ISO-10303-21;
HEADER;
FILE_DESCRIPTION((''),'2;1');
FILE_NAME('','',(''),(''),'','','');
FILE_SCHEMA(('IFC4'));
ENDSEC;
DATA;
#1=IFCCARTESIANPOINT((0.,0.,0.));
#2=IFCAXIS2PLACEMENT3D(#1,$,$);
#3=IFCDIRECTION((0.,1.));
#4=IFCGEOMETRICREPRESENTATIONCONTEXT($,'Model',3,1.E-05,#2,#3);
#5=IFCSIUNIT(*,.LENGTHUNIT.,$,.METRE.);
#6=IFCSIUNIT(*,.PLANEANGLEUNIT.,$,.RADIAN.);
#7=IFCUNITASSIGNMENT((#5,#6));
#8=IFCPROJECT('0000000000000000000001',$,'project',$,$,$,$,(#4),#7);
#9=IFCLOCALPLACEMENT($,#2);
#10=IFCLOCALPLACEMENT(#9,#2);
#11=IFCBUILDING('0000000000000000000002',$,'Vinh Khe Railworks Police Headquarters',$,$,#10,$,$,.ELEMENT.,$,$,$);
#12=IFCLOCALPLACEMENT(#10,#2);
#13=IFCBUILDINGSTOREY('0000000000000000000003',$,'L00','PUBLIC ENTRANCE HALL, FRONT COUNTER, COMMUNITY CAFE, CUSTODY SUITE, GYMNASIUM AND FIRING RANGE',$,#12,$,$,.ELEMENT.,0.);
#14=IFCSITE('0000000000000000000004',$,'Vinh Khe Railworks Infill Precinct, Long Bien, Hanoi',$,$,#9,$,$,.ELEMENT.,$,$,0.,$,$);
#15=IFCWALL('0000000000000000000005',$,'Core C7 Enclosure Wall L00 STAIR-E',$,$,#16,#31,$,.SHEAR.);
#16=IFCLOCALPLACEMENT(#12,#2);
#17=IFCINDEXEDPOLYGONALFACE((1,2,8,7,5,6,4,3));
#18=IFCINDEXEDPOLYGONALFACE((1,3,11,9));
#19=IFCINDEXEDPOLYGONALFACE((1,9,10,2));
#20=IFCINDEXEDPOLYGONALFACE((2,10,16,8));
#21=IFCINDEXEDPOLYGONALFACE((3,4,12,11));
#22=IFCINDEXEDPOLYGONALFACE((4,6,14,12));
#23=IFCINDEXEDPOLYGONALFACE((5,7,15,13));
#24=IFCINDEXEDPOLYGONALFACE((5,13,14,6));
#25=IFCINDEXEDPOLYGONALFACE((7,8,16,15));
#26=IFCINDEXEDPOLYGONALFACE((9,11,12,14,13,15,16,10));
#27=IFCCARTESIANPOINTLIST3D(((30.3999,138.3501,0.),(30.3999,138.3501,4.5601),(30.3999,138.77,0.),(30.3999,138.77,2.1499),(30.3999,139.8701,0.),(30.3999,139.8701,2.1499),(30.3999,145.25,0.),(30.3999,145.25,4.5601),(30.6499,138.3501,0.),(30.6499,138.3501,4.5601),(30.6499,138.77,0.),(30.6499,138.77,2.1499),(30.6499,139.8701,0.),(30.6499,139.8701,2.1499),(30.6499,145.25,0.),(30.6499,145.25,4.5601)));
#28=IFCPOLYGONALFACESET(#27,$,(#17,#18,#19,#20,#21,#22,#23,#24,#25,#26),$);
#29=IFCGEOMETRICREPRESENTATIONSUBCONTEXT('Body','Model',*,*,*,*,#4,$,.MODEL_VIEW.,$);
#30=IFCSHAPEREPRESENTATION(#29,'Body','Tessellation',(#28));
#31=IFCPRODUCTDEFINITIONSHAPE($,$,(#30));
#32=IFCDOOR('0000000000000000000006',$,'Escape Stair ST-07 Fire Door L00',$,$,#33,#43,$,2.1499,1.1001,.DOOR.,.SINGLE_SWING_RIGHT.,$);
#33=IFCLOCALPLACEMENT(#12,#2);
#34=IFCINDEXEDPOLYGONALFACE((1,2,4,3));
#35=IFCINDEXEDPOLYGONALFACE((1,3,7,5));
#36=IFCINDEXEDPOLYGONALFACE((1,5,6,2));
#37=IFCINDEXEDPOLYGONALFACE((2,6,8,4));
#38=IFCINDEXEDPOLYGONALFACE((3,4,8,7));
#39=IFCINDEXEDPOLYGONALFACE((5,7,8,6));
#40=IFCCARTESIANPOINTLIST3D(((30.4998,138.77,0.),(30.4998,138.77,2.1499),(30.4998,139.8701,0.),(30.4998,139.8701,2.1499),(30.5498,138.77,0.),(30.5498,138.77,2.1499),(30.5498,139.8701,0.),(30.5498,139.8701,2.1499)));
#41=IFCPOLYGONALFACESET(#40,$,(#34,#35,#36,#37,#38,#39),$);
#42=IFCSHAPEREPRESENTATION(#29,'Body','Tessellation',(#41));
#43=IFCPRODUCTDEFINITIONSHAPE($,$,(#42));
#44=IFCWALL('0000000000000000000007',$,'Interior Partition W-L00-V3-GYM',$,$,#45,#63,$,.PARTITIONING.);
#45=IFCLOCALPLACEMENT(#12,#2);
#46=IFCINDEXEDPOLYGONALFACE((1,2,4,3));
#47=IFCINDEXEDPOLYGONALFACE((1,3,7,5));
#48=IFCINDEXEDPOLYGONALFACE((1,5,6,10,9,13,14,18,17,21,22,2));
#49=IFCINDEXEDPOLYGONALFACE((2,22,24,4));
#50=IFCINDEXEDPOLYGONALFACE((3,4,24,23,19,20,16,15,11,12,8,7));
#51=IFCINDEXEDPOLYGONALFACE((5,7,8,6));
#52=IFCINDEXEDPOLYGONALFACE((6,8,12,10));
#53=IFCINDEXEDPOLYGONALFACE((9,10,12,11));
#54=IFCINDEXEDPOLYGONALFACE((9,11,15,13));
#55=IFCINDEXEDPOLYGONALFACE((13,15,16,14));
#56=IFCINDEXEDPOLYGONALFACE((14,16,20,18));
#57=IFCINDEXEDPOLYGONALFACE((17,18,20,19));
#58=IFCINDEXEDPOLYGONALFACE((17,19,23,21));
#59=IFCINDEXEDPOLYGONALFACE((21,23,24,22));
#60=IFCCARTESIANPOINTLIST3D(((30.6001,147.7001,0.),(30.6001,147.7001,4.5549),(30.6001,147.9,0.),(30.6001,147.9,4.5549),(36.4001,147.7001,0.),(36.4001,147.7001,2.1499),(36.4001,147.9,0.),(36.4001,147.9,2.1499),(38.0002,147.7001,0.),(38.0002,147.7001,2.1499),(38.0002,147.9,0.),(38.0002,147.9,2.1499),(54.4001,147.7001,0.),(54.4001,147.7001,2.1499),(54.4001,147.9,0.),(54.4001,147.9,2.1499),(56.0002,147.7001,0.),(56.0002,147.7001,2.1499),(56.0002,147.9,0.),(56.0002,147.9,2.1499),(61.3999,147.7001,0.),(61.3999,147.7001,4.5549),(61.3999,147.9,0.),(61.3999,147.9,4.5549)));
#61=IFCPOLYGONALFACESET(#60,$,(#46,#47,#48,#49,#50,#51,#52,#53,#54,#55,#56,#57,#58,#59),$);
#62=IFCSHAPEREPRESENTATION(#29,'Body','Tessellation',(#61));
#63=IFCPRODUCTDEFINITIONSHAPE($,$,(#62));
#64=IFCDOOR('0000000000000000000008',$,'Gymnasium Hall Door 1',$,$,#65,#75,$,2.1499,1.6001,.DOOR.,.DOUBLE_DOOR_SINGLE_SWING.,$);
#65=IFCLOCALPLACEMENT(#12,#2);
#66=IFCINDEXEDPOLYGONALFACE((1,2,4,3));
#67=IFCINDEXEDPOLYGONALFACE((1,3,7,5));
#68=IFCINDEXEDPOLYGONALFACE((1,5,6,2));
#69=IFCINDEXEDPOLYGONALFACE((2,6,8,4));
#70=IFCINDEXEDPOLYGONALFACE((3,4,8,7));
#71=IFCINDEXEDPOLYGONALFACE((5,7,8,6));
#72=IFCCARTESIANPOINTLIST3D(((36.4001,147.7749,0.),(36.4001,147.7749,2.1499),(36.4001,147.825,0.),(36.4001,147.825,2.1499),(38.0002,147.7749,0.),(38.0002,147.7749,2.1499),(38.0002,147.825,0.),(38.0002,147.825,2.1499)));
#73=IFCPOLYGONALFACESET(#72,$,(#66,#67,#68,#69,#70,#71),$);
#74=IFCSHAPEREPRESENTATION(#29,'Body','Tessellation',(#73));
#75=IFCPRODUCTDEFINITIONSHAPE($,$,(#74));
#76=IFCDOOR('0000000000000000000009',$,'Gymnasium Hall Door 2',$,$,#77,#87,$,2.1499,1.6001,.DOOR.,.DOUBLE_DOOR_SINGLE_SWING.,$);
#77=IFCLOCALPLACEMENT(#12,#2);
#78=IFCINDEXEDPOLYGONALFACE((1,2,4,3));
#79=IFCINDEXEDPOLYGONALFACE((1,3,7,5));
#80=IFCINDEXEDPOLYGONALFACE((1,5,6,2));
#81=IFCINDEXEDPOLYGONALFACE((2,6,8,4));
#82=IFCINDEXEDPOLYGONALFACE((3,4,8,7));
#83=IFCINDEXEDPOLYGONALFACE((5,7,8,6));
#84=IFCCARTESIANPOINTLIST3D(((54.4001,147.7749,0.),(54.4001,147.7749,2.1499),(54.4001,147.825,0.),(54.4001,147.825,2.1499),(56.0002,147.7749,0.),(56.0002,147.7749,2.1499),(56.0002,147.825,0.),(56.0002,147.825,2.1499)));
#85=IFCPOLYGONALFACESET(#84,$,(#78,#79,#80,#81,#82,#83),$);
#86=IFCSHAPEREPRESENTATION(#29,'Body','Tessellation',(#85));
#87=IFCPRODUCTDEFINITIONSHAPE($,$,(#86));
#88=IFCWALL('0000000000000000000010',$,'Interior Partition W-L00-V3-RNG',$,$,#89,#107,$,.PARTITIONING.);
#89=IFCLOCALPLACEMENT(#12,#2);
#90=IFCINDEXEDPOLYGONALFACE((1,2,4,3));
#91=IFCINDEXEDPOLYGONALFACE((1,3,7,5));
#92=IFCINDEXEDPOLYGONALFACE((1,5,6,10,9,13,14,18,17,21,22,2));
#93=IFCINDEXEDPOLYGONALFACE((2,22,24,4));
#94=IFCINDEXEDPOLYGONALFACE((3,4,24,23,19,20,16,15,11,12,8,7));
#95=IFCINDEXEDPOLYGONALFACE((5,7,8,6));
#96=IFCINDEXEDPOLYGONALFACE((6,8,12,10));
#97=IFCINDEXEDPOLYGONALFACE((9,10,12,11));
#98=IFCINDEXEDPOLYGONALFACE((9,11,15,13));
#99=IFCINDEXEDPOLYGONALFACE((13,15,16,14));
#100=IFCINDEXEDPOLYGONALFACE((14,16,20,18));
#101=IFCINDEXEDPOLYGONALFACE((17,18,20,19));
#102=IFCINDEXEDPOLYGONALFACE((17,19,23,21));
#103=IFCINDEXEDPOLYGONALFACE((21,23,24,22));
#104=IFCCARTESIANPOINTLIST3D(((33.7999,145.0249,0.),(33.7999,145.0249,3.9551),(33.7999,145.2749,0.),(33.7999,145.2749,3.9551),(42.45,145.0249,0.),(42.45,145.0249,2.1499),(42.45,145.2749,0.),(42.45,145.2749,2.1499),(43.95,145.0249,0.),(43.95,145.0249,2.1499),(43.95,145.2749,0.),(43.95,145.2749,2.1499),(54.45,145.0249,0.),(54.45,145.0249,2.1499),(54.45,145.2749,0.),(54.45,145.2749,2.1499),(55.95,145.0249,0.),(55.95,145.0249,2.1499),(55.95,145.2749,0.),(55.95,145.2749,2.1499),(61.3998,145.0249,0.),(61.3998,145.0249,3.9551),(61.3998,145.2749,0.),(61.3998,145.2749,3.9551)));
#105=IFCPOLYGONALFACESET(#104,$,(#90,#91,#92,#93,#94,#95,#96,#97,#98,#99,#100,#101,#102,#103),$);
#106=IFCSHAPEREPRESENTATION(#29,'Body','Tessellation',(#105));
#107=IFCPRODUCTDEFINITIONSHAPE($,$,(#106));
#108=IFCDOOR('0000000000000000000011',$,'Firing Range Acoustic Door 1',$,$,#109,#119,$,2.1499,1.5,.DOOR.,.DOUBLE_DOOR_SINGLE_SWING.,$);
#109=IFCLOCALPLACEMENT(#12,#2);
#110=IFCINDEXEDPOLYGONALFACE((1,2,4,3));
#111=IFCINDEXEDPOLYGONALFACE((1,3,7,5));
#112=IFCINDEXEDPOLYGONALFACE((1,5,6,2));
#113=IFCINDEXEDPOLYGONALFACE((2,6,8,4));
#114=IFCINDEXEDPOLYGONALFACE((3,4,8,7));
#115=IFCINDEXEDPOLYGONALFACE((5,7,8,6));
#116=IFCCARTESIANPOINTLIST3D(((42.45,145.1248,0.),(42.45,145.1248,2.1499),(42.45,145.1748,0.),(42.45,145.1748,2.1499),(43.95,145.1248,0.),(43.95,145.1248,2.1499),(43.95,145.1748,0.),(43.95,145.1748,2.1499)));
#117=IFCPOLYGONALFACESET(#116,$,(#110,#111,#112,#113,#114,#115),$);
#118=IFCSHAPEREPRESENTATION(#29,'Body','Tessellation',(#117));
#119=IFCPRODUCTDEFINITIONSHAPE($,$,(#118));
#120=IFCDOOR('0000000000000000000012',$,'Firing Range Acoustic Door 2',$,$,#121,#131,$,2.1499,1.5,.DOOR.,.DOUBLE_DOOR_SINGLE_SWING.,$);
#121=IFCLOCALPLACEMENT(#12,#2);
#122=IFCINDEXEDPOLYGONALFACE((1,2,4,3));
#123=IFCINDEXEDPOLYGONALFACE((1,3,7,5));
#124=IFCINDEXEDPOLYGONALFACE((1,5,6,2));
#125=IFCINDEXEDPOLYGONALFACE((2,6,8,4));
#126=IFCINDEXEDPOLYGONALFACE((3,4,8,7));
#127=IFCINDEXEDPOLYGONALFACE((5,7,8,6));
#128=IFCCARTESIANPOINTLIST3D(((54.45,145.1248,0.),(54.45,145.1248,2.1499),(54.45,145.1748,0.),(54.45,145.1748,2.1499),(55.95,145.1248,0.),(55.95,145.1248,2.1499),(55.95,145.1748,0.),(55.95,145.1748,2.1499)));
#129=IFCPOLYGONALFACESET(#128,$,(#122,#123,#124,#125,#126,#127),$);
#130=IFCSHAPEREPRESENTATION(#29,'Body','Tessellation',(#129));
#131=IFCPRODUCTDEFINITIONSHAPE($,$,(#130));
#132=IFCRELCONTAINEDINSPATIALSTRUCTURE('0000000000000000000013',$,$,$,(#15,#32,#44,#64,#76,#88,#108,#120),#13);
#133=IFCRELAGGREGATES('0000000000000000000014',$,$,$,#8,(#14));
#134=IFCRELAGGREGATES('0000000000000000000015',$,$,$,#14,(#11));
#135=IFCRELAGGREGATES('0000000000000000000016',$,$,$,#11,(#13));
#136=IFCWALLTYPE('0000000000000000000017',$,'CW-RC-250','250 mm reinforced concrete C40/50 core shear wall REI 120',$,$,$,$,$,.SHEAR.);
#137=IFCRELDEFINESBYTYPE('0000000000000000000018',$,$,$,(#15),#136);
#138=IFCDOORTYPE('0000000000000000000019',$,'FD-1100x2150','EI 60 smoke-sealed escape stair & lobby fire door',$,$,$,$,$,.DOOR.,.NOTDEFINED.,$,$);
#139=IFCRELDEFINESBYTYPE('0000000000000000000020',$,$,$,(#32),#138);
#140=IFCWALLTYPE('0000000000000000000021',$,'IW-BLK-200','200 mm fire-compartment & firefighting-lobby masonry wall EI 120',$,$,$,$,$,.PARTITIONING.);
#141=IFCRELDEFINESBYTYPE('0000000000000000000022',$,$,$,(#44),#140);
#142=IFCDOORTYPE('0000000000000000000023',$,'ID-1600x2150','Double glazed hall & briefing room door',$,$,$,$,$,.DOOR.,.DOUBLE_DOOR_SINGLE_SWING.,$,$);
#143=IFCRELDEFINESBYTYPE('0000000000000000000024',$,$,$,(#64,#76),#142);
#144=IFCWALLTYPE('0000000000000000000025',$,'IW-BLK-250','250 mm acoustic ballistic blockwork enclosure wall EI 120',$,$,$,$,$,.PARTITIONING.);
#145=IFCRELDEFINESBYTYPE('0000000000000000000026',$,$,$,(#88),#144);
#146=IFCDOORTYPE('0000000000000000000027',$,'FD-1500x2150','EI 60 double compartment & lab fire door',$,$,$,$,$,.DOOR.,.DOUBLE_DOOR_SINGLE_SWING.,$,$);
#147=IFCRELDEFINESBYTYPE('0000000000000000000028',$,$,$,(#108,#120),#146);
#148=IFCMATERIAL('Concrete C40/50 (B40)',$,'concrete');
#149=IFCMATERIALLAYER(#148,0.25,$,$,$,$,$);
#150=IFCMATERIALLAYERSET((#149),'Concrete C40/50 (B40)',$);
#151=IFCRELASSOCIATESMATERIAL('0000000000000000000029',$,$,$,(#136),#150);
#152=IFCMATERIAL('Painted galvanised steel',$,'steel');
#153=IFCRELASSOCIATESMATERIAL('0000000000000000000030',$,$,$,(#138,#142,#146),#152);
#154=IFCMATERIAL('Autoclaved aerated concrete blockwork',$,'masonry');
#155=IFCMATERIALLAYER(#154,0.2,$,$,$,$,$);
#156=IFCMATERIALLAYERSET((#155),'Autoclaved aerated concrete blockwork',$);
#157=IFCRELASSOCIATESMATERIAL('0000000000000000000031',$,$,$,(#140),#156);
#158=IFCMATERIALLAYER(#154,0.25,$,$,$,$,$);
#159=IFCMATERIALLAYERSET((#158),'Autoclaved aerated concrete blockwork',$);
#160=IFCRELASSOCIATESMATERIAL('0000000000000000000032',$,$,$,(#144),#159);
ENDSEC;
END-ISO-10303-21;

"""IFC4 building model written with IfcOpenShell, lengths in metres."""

from ifc_helpers import new_model, si_unit, direction, frame, frame_2d, origin, place, context, subcontext, project, spatial, rectangle, extrude, material, layer, layer_set, type_object, element, fill, save


model = new_model("IFC4")

# Units and contexts
model_context = context("Model", 3, precision=1e-05, world=origin(), true_north=direction((0.0, 1.0)))
body_context = subcontext(model_context, "Body", "Model", "MODEL_VIEW")
ifc_project = project(units=[si_unit("LENGTHUNIT", "METRE"), si_unit("PLANEANGLEUNIT", "RADIAN")], contexts=[model_context])

# Site, building, storey
site_placement = place(None, origin())
site = spatial("IfcSite", under=ifc_project, at=site_placement, Name="Vinh Khe Railworks Infill Precinct, Long Bien, Hanoi", CompositionType="ELEMENT", RefElevation=0.0)
building_placement = place(site_placement, origin())
building = spatial("IfcBuilding", under=site, at=building_placement, Name="Vinh Khe Railworks Police Headquarters", CompositionType="ELEMENT")
storey_placement = place(building_placement, origin())
storey = spatial("IfcBuildingStorey", under=building, at=storey_placement, Name="L00", Description="PUBLIC ENTRANCE HALL, FRONT COUNTER, COMMUNITY CAFE, CUSTODY SUITE, GYMNASIUM AND FIRING RANGE", CompositionType="ELEMENT", Elevation=0.0)

# Wall, opening, door
ifc_material_1 = material(Name="Concrete C40/50 (B40)", Category="concrete")
ifc_layer_1 = layer(ifc_material_1, 0.25)
ifc_layer_set_1 = layer_set([ifc_layer_1], Name="Concrete C40/50 (B40)")
wall_type_1 = type_object("IfcWallType", Name="CW-RC-250", Description="250 mm reinforced concrete C40/50 core shear wall REI 120", PredefinedType="SHEAR", material=ifc_layer_set_1)
wall_1_placement = place(storey_placement, frame((30.5249, 138.3501, 0.0), z_axis=(0.0, 0.0, 1.0), x_axis=(0.0, 1.0, 0.0)))
wall_1 = element("IfcWall", 1, at=wall_1_placement, inside=storey, type_object=wall_type_1, Name="Core C7 Enclosure Wall L00 STAIR-E", PredefinedType="SHEAR", context=body_context, shape_type="SweptSolid", body=[
    extrude(rectangle(XDim=6.8999, YDim=0.25, at=frame_2d((3.45, 0.0))), origin(), (0.0, 0.0, 1.0), 4.5601),
])
opening_1_placement = place(wall_1_placement, frame((0.4199, 0.0, 0.0)))
opening_1 = element("IfcOpeningElement", 2, at=opening_1_placement, cuts=wall_1, PredefinedType="OPENING", context=body_context, shape_type="SweptSolid", body=[
    extrude(rectangle(XDim=1.1001, YDim=2.1499, at=frame_2d((0.55, 1.075))), frame((0.0, 0.1399, 0.0), z_axis=(0.0, -1.0, 0.0), x_axis=(1.0, 0.0, 0.0)), (0.0, 0.0, 1.0), 0.2798),
])
ifc_material_2 = material(Name="Painted galvanised steel", Category="steel")
door_type_1 = type_object("IfcDoorType", Name="FD-1100x2150", Description="EI 60 smoke-sealed escape stair & lobby fire door", OperationType="NOTDEFINED", PredefinedType="DOOR", material=ifc_material_2)
door_1_placement = place(opening_1_placement, frame((1.1001, 0.0, 0.0), z_axis=(0.0, 0.0, 1.0), x_axis=(-1.0, 0.0, 0.0)))
door_1 = element("IfcDoor", 3, at=door_1_placement, inside=storey, type_object=door_type_1, Name="Escape Stair ST-07 Fire Door L00", OperationType="SINGLE_SWING_RIGHT", OverallHeight=2.1499, OverallWidth=1.1001, PredefinedType="DOOR", context=body_context, shape_type="SweptSolid", body=[
    extrude(rectangle(XDim=1.1001, YDim=2.1499, at=frame_2d((0.55, 1.075))), frame((0.0, 0.0249, 0.0), z_axis=(0.0, -1.0, 0.0), x_axis=(1.0, 0.0, 0.0)), (0.0, 0.0, 1.0), 0.05),
])
fill(opening_1, door_1)

# Walls, openings, doors
ifc_material_3 = material(Name="Autoclaved aerated concrete blockwork", Category="masonry")
ifc_layer_2 = layer(ifc_material_3, 0.2)
ifc_layer_set_2 = layer_set([ifc_layer_2], Name="Autoclaved aerated concrete blockwork")
wall_type_2 = type_object("IfcWallType", Name="IW-BLK-200", Description="200 mm fire-compartment & firefighting-lobby masonry wall EI 120", PredefinedType="PARTITIONING", material=ifc_layer_set_2)
wall_2_placement = place(storey_placement, frame((30.6001, 147.8, 0.0), z_axis=(0.0, 0.0, 1.0), x_axis=(1.0, 0.0, 0.0)))
wall_2 = element("IfcWall", 4, at=wall_2_placement, inside=storey, type_object=wall_type_2, Name="Interior Partition W-L00-V3-GYM", PredefinedType="PARTITIONING", context=body_context, shape_type="SweptSolid", body=[
    extrude(rectangle(XDim=30.7998, YDim=0.2, at=frame_2d((15.3999, 0.0))), origin(), (0.0, 0.0, 1.0), 4.5549),
])
opening_2_placement = place(wall_2_placement, frame((5.8, 0.0, 0.0)))
opening_2 = element("IfcOpeningElement", 5, at=opening_2_placement, cuts=wall_2, PredefinedType="OPENING", context=body_context, shape_type="SweptSolid", body=[
    extrude(rectangle(XDim=1.6001, YDim=2.1499, at=frame_2d((0.8, 1.075))), frame((0.0, 0.1147, 0.0), z_axis=(0.0, -1.0, 0.0), x_axis=(1.0, 0.0, 0.0)), (0.0, 0.0, 1.0), 0.2297),
])
opening_3_placement = place(wall_2_placement, frame((23.8, 0.0, 0.0)))
opening_3 = element("IfcOpeningElement", 6, at=opening_3_placement, cuts=wall_2, PredefinedType="OPENING", context=body_context, shape_type="SweptSolid", body=[
    extrude(rectangle(XDim=1.6001, YDim=2.1499, at=frame_2d((0.8, 1.075))), frame((0.0, 0.1147, 0.0), z_axis=(0.0, -1.0, 0.0), x_axis=(1.0, 0.0, 0.0)), (0.0, 0.0, 1.0), 0.2297),
])
door_type_2 = type_object("IfcDoorType", Name="ID-1600x2150", Description="Double glazed hall & briefing room door", OperationType="DOUBLE_DOOR_SINGLE_SWING", PredefinedType="DOOR", material=ifc_material_2)
door_2_placement = place(opening_2_placement, origin())
door_2 = element("IfcDoor", 7, at=door_2_placement, inside=storey, type_object=door_type_2, Name="Gymnasium Hall Door 1", OperationType="DOUBLE_DOOR_SINGLE_SWING", OverallHeight=2.1499, OverallWidth=1.6001, PredefinedType="DOOR", context=body_context, shape_type="SweptSolid", body=[
    extrude(rectangle(XDim=1.6001, YDim=2.1499, at=frame_2d((0.8, 1.075))), frame((0.0, 0.0249, 0.0), z_axis=(0.0, -1.0, 0.0), x_axis=(1.0, 0.0, 0.0)), (0.0, 0.0, 1.0), 0.05),
])
fill(opening_2, door_2)
door_3_placement = place(opening_3_placement, origin())
door_3 = element("IfcDoor", 8, at=door_3_placement, inside=storey, type_object=door_type_2, Name="Gymnasium Hall Door 2", OperationType="DOUBLE_DOOR_SINGLE_SWING", OverallHeight=2.1499, OverallWidth=1.6001, PredefinedType="DOOR", context=body_context, shape_type="SweptSolid", body=[
    extrude(rectangle(XDim=1.6001, YDim=2.1499, at=frame_2d((0.8, 1.075))), frame((0.0, 0.0249, 0.0), z_axis=(0.0, -1.0, 0.0), x_axis=(1.0, 0.0, 0.0)), (0.0, 0.0, 1.0), 0.05),
])
fill(opening_3, door_3)
ifc_layer_3 = layer(ifc_material_3, 0.25)
ifc_layer_set_3 = layer_set([ifc_layer_3], Name="Autoclaved aerated concrete blockwork")
wall_type_3 = type_object("IfcWallType", Name="IW-BLK-250", Description="250 mm acoustic ballistic blockwork enclosure wall EI 120", PredefinedType="PARTITIONING", material=ifc_layer_set_3)
wall_3_placement = place(storey_placement, frame((33.8, 145.1499, 0.0), z_axis=(0.0, 0.0, 1.0), x_axis=(1.0, 0.0, 0.0)))
wall_3 = element("IfcWall", 9, at=wall_3_placement, inside=storey, type_object=wall_type_3, Name="Interior Partition W-L00-V3-RNG", PredefinedType="PARTITIONING", context=body_context, shape_type="SweptSolid", body=[
    extrude(rectangle(XDim=27.5999, YDim=0.25, at=frame_2d((13.7998, 0.0))), origin(), (0.0, 0.0, 1.0), 3.9551),
])
opening_4_placement = place(wall_3_placement, frame((8.6499, 0.0, 0.0)))
opening_4 = element("IfcOpeningElement", 10, at=opening_4_placement, cuts=wall_3, PredefinedType="OPENING", context=body_context, shape_type="SweptSolid", body=[
    extrude(rectangle(XDim=1.5, YDim=2.1499, at=frame_2d((0.75, 1.075))), frame((0.0, 0.1399, 0.0), z_axis=(0.0, -1.0, 0.0), x_axis=(1.0, 0.0, 0.0)), (0.0, 0.0, 1.0), 0.2798),
])
opening_5_placement = place(wall_3_placement, frame((20.6499, 0.0, 0.0)))
opening_5 = element("IfcOpeningElement", 11, at=opening_5_placement, cuts=wall_3, PredefinedType="OPENING", context=body_context, shape_type="SweptSolid", body=[
    extrude(rectangle(XDim=1.5, YDim=2.1499, at=frame_2d((0.75, 1.075))), frame((0.0, 0.1399, 0.0), z_axis=(0.0, -1.0, 0.0), x_axis=(1.0, 0.0, 0.0)), (0.0, 0.0, 1.0), 0.2798),
])
door_type_3 = type_object("IfcDoorType", Name="FD-1500x2150", Description="EI 60 double compartment & lab fire door", OperationType="DOUBLE_DOOR_SINGLE_SWING", PredefinedType="DOOR", material=ifc_material_2)
door_4_placement = place(opening_4_placement, origin())
door_4 = element("IfcDoor", 12, at=door_4_placement, inside=storey, type_object=door_type_3, Name="Firing Range Acoustic Door 1", OperationType="DOUBLE_DOOR_SINGLE_SWING", OverallHeight=2.1499, OverallWidth=1.5, PredefinedType="DOOR", context=body_context, shape_type="SweptSolid", body=[
    extrude(rectangle(XDim=1.5, YDim=2.1499, at=frame_2d((0.75, 1.075))), frame((0.0, 0.0249, 0.0), z_axis=(0.0, -1.0, 0.0), x_axis=(1.0, 0.0, 0.0)), (0.0, 0.0, 1.0), 0.05),
])
fill(opening_4, door_4)
door_5_placement = place(opening_5_placement, origin())
door_5 = element("IfcDoor", 13, at=door_5_placement, inside=storey, type_object=door_type_3, Name="Firing Range Acoustic Door 2", OperationType="DOUBLE_DOOR_SINGLE_SWING", OverallHeight=2.1499, OverallWidth=1.5, PredefinedType="DOOR", context=body_context, shape_type="SweptSolid", body=[
    extrude(rectangle(XDim=1.5, YDim=2.1499, at=frame_2d((0.75, 1.075))), frame((0.0, 0.0249, 0.0), z_axis=(0.0, -1.0, 0.0), x_axis=(1.0, 0.0, 0.0)), (0.0, 0.0, 1.0), 0.05),
])
fill(opening_5, door_5)

save(model, "model.ifc")
